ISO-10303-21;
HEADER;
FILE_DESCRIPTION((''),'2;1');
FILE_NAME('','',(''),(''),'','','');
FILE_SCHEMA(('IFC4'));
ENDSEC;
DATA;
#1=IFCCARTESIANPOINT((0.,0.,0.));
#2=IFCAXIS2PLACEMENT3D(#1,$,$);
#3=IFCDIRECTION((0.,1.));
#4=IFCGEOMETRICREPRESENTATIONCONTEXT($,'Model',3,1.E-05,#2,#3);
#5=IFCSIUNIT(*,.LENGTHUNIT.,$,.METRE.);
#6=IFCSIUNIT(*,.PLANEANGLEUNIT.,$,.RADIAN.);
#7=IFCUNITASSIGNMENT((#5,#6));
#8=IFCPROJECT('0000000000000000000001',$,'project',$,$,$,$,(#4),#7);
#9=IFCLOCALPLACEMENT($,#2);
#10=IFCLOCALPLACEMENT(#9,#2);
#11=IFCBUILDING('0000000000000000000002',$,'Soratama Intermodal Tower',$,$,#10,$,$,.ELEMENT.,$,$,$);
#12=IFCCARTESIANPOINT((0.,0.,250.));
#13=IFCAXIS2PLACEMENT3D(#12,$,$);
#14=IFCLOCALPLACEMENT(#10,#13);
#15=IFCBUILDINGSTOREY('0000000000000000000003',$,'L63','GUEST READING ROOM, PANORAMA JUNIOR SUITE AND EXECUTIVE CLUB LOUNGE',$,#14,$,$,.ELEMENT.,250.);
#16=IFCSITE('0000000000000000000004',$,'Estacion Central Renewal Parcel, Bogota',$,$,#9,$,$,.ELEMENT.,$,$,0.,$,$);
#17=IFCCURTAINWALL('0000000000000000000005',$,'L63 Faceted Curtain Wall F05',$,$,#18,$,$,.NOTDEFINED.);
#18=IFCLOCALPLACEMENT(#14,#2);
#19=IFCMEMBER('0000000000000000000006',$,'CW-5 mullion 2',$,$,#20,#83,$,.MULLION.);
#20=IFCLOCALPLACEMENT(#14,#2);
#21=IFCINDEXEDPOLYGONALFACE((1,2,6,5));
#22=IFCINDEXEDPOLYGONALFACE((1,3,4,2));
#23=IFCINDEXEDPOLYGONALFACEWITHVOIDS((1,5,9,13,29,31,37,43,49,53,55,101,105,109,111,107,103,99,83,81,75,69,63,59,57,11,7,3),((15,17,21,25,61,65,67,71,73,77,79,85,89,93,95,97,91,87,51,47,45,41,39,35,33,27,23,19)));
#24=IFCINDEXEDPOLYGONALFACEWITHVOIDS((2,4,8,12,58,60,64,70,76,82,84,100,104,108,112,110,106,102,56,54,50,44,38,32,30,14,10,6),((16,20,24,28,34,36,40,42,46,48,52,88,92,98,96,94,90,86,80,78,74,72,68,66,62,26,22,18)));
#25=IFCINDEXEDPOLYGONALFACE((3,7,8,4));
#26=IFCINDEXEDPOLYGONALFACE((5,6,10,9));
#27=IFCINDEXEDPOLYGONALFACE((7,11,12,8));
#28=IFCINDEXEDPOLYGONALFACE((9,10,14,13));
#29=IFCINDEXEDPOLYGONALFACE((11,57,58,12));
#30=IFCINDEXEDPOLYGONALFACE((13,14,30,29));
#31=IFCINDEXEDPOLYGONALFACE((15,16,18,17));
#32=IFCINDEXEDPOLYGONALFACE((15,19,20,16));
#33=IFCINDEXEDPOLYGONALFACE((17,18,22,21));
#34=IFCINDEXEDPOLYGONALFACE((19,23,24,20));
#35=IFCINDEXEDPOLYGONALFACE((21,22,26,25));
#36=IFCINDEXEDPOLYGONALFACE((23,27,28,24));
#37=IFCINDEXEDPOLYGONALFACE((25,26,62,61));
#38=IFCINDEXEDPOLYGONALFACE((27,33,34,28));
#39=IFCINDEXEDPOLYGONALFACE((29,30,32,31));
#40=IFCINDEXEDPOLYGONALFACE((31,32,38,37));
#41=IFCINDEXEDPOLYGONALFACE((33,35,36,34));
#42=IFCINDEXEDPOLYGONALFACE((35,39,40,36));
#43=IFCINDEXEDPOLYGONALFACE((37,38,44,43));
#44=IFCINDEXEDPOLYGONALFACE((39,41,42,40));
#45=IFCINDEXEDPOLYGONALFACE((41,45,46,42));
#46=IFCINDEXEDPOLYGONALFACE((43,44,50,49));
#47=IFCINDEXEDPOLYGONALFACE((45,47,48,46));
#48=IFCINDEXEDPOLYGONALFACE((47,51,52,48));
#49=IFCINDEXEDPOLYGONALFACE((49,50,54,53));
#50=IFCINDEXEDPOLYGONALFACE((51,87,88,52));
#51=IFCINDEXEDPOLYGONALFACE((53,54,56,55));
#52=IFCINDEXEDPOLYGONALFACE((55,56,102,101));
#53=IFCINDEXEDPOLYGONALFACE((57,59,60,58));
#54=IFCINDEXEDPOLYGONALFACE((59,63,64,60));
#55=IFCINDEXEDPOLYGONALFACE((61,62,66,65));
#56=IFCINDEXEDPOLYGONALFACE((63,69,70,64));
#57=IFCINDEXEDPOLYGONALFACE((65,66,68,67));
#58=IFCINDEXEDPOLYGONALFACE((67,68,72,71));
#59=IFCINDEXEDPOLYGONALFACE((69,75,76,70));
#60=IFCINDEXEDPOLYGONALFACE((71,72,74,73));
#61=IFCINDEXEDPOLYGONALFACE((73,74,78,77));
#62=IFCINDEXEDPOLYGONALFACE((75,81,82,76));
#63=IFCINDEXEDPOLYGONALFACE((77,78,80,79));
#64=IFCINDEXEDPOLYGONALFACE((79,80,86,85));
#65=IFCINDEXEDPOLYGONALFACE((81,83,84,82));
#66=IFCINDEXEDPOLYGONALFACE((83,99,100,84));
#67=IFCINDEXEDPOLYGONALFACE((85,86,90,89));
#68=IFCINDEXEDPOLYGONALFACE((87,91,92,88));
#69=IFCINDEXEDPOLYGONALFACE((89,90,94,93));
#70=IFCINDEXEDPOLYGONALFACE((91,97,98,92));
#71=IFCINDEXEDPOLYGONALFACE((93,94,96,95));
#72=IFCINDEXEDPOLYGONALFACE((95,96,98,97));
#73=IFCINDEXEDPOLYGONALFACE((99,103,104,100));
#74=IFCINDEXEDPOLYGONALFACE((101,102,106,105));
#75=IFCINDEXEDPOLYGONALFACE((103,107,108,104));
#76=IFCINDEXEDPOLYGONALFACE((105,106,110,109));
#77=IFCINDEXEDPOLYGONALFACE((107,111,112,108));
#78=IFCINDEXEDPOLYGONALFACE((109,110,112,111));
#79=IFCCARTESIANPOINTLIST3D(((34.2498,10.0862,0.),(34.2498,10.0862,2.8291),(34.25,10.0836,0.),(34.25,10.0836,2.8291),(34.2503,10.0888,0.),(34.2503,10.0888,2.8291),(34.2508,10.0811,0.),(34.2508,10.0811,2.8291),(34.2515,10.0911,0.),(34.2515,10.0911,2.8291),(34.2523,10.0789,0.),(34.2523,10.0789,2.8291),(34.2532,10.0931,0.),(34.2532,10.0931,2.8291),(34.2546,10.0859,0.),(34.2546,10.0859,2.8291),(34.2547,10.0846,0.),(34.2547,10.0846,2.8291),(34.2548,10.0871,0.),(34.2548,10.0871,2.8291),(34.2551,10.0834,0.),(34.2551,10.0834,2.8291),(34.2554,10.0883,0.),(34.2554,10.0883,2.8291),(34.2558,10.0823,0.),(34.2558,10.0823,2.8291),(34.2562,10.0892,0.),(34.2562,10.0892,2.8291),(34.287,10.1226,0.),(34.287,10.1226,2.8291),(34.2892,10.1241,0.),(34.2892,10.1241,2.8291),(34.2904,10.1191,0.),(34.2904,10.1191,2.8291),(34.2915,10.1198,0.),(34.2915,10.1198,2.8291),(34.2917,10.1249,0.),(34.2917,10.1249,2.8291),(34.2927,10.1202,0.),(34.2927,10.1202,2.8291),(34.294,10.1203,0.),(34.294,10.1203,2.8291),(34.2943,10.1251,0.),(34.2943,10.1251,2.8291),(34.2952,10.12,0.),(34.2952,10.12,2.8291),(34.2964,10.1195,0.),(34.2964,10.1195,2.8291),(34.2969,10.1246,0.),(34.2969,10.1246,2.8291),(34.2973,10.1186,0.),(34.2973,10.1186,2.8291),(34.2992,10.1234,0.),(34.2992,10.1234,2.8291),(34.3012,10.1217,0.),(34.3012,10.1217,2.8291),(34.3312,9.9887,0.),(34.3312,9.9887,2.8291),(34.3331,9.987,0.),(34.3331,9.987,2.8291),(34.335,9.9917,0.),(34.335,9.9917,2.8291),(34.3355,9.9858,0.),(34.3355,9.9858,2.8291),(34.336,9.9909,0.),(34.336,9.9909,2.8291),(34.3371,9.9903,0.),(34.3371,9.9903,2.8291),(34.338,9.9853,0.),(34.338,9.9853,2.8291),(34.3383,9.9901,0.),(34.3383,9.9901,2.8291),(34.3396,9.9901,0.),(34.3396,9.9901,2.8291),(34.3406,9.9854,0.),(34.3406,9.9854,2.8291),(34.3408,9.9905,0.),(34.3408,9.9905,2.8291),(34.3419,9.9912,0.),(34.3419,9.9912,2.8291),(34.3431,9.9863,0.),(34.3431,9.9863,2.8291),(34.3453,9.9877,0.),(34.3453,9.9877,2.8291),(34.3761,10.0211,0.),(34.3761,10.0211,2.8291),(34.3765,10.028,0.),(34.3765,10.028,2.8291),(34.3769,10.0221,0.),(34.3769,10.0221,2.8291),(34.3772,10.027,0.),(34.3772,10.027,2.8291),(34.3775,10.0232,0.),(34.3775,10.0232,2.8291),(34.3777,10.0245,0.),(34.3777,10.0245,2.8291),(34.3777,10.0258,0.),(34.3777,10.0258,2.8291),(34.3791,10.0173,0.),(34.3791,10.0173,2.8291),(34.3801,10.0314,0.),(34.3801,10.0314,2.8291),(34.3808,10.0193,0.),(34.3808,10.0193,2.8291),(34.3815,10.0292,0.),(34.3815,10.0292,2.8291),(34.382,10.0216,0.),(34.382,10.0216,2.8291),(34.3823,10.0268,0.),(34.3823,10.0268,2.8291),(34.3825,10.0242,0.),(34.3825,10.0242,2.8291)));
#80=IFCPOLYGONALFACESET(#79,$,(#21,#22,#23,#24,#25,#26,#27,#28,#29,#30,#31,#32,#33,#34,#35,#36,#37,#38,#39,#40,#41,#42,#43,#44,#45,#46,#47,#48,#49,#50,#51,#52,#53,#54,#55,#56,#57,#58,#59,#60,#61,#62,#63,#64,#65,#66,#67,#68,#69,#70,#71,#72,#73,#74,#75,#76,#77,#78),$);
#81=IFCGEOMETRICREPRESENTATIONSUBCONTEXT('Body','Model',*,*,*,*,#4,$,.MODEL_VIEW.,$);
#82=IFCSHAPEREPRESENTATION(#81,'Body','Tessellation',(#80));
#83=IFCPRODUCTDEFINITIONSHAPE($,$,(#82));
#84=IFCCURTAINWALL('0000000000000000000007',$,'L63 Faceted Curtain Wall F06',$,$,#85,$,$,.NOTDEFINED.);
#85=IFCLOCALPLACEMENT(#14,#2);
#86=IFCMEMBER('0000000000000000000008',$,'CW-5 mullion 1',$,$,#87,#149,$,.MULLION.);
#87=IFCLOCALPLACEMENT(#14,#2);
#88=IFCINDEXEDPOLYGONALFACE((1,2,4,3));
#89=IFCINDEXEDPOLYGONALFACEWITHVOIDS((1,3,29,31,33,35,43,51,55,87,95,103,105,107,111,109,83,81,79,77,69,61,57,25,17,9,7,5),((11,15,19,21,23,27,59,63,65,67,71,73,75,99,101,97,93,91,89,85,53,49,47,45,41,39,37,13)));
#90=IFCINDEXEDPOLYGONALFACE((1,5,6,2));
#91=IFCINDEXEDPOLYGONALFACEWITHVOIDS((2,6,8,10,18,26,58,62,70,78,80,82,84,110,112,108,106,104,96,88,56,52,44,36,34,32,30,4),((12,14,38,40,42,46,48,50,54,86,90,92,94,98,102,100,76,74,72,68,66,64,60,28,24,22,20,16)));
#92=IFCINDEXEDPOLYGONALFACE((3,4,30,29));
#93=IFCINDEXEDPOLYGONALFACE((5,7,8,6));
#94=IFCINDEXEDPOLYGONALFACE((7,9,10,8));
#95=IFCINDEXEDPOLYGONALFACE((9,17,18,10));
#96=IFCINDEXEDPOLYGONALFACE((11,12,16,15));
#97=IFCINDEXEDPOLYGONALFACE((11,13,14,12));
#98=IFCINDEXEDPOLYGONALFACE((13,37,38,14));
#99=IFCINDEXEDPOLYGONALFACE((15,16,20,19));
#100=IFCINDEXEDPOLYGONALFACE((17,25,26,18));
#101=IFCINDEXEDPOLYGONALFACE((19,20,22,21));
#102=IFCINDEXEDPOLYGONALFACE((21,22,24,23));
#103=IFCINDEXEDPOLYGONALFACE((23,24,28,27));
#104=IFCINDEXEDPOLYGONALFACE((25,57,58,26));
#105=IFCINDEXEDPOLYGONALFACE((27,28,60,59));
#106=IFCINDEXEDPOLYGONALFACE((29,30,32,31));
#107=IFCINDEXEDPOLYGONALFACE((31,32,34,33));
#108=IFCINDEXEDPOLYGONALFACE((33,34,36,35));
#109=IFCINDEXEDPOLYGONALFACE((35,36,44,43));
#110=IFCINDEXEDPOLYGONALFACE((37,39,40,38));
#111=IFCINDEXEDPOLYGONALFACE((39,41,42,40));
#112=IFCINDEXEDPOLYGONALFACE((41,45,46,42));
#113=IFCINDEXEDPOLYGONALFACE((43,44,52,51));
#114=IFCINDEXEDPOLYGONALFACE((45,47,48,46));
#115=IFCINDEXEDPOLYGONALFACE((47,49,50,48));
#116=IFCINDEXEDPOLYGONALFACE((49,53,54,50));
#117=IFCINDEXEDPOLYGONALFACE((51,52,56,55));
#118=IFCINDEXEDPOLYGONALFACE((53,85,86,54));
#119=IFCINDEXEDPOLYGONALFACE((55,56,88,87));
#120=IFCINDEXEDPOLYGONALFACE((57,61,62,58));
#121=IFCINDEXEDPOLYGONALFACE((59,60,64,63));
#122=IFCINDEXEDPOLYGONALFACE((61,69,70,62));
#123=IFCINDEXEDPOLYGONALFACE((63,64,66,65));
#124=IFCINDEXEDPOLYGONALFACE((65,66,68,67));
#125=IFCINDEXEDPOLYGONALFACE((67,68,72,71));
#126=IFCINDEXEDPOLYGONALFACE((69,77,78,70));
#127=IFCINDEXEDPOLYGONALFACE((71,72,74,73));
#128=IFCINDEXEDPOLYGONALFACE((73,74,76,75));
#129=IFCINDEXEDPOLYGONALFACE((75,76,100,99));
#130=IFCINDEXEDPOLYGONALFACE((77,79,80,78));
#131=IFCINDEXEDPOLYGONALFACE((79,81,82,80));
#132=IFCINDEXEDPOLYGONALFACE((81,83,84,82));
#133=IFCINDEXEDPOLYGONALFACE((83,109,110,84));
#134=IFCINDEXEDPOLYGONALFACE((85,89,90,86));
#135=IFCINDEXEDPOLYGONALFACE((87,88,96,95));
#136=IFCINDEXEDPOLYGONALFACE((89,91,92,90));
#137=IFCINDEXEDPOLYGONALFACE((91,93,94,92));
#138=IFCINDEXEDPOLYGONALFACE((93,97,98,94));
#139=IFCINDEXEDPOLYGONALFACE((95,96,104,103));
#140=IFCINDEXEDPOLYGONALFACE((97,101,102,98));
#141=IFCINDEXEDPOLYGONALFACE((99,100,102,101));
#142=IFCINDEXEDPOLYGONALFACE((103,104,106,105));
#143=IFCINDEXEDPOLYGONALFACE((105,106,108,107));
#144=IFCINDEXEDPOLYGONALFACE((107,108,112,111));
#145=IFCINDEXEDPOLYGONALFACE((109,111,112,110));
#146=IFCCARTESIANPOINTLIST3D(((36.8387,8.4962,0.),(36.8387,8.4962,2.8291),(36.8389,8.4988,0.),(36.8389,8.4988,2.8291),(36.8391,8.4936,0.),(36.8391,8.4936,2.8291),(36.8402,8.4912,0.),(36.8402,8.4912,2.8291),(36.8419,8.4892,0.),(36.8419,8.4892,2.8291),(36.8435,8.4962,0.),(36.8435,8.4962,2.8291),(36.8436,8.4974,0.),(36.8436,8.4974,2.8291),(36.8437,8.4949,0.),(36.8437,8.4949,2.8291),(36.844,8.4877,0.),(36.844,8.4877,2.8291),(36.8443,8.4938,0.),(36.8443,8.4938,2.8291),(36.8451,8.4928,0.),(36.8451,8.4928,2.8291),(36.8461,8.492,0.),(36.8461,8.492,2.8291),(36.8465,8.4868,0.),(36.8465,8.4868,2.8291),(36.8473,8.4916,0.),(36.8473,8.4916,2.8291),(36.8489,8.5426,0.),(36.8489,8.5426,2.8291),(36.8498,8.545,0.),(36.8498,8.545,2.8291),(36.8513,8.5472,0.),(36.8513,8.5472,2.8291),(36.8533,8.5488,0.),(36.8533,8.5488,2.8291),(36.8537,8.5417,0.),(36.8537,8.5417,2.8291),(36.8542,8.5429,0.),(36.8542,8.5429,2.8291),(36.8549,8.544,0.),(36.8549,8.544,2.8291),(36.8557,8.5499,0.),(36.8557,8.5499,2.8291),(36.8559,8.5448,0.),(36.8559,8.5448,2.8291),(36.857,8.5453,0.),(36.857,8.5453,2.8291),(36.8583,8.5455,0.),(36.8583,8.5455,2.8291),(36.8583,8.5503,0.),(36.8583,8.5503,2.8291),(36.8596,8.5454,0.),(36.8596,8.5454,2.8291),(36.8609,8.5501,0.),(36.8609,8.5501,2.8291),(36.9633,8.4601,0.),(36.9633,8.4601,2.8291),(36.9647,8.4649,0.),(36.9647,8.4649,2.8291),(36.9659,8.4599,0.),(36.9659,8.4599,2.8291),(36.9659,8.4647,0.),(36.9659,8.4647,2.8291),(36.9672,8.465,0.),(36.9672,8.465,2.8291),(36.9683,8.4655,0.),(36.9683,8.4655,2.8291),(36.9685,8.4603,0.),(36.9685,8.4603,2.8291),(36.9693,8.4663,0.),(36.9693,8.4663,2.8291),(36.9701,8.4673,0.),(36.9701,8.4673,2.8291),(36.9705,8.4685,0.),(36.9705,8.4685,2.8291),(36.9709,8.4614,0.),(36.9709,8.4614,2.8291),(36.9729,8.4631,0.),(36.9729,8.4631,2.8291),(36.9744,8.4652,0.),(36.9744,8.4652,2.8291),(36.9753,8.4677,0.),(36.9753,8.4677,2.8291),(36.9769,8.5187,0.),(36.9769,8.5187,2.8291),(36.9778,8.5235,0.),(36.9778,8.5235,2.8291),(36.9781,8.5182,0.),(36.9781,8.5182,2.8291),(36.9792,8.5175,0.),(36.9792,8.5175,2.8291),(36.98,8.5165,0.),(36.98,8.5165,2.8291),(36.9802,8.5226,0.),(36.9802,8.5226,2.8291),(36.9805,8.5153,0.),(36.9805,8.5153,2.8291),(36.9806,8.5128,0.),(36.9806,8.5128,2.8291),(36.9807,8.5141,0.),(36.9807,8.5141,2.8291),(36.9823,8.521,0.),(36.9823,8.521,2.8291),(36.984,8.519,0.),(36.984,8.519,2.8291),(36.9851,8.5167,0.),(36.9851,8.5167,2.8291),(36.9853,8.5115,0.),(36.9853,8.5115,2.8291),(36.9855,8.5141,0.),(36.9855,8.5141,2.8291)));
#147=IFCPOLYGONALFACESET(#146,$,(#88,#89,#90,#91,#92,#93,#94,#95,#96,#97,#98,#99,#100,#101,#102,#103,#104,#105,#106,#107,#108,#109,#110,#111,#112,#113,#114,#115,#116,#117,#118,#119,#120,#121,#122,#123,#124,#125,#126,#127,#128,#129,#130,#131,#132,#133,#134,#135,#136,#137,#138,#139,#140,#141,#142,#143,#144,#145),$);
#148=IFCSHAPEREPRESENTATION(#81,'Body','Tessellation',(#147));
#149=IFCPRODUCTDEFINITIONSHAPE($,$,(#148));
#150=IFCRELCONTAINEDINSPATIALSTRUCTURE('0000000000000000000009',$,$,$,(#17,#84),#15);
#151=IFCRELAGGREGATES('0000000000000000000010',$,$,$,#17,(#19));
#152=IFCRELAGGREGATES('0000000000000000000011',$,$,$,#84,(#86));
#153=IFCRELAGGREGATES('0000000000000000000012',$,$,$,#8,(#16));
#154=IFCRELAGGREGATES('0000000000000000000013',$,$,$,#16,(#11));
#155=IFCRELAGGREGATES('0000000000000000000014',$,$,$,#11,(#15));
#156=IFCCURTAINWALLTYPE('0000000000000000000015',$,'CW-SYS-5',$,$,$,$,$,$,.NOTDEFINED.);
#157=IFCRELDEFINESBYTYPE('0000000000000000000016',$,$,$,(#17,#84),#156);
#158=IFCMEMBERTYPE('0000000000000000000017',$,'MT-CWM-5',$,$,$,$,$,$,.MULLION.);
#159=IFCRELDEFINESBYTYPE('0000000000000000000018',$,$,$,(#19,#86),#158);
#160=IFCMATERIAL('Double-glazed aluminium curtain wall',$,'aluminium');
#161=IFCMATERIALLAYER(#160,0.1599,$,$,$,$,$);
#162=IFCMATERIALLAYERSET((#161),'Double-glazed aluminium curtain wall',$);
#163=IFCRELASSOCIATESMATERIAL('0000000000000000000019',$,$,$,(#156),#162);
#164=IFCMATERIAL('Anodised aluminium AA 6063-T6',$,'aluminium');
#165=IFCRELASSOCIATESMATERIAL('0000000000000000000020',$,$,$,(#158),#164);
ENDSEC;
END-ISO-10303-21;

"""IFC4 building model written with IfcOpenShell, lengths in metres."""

from ifc_helpers import new_model, si_unit, direction, frame, origin, origin_2d, place, context, subcontext, project, spatial, hollow_rectangle, extrude, material, layer, layer_set, material_profile, profile_set, type_object, element, aggregate, save


model = new_model("IFC4")

# Units and contexts
model_context = context("Model", 3, precision=1e-05, world=origin(), true_north=direction((0.0, 1.0)))
body_context = subcontext(model_context, "Body", "Model", "MODEL_VIEW")
ifc_project = project(units=[si_unit("LENGTHUNIT", "METRE"), si_unit("PLANEANGLEUNIT", "RADIAN")], contexts=[model_context])

# Site, building, storey
site_placement = place(None, origin())
site = spatial("IfcSite", under=ifc_project, at=site_placement, Name="Estacion Central Renewal Parcel, Bogota", CompositionType="ELEMENT", RefElevation=0.0)
building_placement = place(site_placement, origin())
building = spatial("IfcBuilding", under=site, at=building_placement, Name="Soratama Intermodal Tower", CompositionType="ELEMENT")
storey_placement = place(building_placement, frame((0.0, 0.0, 250.0)))
storey = spatial("IfcBuildingStorey", under=building, at=storey_placement, Name="L63", Description="GUEST READING ROOM, PANORAMA JUNIOR SUITE AND EXECUTIVE CLUB LOUNGE", CompositionType="ELEMENT", Elevation=250.0)

# Curtain wall, member
ifc_material_1 = material(Name="Double-glazed aluminium curtain wall", Category="aluminium")
ifc_layer_1 = layer(ifc_material_1, 0.1599)
ifc_layer_set_1 = layer_set([ifc_layer_1], Name="Double-glazed aluminium curtain wall")
curtain_wall_type = type_object("IfcCurtainWallType", Name="CW-SYS-5", PredefinedType="NOTDEFINED", material=ifc_layer_set_1)
curtain_wall_1_placement = place(storey_placement, origin())
curtain_wall_1 = element("IfcCurtainWall", 1, at=curtain_wall_1_placement, inside=storey, type_object=curtain_wall_type, Name="L63 Faceted Curtain Wall F05", PredefinedType="NOTDEFINED")
ifc_material_2 = material(Name="Anodised aluminium AA 6063-T6", Category="aluminium")
ifc_material_profile_1 = material_profile(ifc_material_2, hollow_rectangle(XDim=0.0649, YDim=0.1399, WallThickness=0.0049, InnerFilletRadius=0.0049, OuterFilletRadius=0.01, at=origin_2d()), Name="CWM140X65X5")
ifc_profile_set_1 = profile_set([ifc_material_profile_1], Name="Anodised aluminium AA 6063-T6")
member_type_1 = type_object("IfcMemberType", Name="MT-CWM-5", PredefinedType="MULLION", material=ifc_profile_set_1)
member_1_placement = place(storey_placement, frame((34.3162, 10.0552, 0.0), z_axis=(0.0, 0.0, 1.0), x_axis=(0.752879, 0.658159, 0.0)))
member_1 = element("IfcMember", 2, at=member_1_placement, type_object=member_type_1, Name="CW-5 mullion 2", PredefinedType="MULLION", context=body_context, shape_type="SweptSolid", body=[
    extrude(hollow_rectangle(XDim=0.0649, YDim=0.1399, WallThickness=0.0049, InnerFilletRadius=0.0049, OuterFilletRadius=0.01, at=origin_2d()), origin(), (0.0, 0.0, 1.0), 2.8291),
])
aggregate(curtain_wall_1, [member_1])

# Curtain wall, member
curtain_wall_2_placement = place(storey_placement, origin())
curtain_wall_2 = element("IfcCurtainWall", 3, at=curtain_wall_2_placement, inside=storey, type_object=curtain_wall_type, Name="L63 Faceted Curtain Wall F06", PredefinedType="NOTDEFINED")
member_2_placement = place(storey_placement, frame((36.9121, 8.5051, 0.0), z_axis=(0.0, 0.0, 1.0), x_axis=(0.222228, 0.974995, 0.0)))
member_2 = element("IfcMember", 4, at=member_2_placement, type_object=member_type_1, Name="CW-5 mullion 1", PredefinedType="MULLION", context=body_context, shape_type="SweptSolid", body=[
    extrude(hollow_rectangle(XDim=0.0649, YDim=0.1399, WallThickness=0.0049, InnerFilletRadius=0.0049, OuterFilletRadius=0.01, at=origin_2d()), origin(), (0.0, 0.0, 1.0), 2.8291),
])
aggregate(curtain_wall_2, [member_2])

save(model, "model.ifc")
